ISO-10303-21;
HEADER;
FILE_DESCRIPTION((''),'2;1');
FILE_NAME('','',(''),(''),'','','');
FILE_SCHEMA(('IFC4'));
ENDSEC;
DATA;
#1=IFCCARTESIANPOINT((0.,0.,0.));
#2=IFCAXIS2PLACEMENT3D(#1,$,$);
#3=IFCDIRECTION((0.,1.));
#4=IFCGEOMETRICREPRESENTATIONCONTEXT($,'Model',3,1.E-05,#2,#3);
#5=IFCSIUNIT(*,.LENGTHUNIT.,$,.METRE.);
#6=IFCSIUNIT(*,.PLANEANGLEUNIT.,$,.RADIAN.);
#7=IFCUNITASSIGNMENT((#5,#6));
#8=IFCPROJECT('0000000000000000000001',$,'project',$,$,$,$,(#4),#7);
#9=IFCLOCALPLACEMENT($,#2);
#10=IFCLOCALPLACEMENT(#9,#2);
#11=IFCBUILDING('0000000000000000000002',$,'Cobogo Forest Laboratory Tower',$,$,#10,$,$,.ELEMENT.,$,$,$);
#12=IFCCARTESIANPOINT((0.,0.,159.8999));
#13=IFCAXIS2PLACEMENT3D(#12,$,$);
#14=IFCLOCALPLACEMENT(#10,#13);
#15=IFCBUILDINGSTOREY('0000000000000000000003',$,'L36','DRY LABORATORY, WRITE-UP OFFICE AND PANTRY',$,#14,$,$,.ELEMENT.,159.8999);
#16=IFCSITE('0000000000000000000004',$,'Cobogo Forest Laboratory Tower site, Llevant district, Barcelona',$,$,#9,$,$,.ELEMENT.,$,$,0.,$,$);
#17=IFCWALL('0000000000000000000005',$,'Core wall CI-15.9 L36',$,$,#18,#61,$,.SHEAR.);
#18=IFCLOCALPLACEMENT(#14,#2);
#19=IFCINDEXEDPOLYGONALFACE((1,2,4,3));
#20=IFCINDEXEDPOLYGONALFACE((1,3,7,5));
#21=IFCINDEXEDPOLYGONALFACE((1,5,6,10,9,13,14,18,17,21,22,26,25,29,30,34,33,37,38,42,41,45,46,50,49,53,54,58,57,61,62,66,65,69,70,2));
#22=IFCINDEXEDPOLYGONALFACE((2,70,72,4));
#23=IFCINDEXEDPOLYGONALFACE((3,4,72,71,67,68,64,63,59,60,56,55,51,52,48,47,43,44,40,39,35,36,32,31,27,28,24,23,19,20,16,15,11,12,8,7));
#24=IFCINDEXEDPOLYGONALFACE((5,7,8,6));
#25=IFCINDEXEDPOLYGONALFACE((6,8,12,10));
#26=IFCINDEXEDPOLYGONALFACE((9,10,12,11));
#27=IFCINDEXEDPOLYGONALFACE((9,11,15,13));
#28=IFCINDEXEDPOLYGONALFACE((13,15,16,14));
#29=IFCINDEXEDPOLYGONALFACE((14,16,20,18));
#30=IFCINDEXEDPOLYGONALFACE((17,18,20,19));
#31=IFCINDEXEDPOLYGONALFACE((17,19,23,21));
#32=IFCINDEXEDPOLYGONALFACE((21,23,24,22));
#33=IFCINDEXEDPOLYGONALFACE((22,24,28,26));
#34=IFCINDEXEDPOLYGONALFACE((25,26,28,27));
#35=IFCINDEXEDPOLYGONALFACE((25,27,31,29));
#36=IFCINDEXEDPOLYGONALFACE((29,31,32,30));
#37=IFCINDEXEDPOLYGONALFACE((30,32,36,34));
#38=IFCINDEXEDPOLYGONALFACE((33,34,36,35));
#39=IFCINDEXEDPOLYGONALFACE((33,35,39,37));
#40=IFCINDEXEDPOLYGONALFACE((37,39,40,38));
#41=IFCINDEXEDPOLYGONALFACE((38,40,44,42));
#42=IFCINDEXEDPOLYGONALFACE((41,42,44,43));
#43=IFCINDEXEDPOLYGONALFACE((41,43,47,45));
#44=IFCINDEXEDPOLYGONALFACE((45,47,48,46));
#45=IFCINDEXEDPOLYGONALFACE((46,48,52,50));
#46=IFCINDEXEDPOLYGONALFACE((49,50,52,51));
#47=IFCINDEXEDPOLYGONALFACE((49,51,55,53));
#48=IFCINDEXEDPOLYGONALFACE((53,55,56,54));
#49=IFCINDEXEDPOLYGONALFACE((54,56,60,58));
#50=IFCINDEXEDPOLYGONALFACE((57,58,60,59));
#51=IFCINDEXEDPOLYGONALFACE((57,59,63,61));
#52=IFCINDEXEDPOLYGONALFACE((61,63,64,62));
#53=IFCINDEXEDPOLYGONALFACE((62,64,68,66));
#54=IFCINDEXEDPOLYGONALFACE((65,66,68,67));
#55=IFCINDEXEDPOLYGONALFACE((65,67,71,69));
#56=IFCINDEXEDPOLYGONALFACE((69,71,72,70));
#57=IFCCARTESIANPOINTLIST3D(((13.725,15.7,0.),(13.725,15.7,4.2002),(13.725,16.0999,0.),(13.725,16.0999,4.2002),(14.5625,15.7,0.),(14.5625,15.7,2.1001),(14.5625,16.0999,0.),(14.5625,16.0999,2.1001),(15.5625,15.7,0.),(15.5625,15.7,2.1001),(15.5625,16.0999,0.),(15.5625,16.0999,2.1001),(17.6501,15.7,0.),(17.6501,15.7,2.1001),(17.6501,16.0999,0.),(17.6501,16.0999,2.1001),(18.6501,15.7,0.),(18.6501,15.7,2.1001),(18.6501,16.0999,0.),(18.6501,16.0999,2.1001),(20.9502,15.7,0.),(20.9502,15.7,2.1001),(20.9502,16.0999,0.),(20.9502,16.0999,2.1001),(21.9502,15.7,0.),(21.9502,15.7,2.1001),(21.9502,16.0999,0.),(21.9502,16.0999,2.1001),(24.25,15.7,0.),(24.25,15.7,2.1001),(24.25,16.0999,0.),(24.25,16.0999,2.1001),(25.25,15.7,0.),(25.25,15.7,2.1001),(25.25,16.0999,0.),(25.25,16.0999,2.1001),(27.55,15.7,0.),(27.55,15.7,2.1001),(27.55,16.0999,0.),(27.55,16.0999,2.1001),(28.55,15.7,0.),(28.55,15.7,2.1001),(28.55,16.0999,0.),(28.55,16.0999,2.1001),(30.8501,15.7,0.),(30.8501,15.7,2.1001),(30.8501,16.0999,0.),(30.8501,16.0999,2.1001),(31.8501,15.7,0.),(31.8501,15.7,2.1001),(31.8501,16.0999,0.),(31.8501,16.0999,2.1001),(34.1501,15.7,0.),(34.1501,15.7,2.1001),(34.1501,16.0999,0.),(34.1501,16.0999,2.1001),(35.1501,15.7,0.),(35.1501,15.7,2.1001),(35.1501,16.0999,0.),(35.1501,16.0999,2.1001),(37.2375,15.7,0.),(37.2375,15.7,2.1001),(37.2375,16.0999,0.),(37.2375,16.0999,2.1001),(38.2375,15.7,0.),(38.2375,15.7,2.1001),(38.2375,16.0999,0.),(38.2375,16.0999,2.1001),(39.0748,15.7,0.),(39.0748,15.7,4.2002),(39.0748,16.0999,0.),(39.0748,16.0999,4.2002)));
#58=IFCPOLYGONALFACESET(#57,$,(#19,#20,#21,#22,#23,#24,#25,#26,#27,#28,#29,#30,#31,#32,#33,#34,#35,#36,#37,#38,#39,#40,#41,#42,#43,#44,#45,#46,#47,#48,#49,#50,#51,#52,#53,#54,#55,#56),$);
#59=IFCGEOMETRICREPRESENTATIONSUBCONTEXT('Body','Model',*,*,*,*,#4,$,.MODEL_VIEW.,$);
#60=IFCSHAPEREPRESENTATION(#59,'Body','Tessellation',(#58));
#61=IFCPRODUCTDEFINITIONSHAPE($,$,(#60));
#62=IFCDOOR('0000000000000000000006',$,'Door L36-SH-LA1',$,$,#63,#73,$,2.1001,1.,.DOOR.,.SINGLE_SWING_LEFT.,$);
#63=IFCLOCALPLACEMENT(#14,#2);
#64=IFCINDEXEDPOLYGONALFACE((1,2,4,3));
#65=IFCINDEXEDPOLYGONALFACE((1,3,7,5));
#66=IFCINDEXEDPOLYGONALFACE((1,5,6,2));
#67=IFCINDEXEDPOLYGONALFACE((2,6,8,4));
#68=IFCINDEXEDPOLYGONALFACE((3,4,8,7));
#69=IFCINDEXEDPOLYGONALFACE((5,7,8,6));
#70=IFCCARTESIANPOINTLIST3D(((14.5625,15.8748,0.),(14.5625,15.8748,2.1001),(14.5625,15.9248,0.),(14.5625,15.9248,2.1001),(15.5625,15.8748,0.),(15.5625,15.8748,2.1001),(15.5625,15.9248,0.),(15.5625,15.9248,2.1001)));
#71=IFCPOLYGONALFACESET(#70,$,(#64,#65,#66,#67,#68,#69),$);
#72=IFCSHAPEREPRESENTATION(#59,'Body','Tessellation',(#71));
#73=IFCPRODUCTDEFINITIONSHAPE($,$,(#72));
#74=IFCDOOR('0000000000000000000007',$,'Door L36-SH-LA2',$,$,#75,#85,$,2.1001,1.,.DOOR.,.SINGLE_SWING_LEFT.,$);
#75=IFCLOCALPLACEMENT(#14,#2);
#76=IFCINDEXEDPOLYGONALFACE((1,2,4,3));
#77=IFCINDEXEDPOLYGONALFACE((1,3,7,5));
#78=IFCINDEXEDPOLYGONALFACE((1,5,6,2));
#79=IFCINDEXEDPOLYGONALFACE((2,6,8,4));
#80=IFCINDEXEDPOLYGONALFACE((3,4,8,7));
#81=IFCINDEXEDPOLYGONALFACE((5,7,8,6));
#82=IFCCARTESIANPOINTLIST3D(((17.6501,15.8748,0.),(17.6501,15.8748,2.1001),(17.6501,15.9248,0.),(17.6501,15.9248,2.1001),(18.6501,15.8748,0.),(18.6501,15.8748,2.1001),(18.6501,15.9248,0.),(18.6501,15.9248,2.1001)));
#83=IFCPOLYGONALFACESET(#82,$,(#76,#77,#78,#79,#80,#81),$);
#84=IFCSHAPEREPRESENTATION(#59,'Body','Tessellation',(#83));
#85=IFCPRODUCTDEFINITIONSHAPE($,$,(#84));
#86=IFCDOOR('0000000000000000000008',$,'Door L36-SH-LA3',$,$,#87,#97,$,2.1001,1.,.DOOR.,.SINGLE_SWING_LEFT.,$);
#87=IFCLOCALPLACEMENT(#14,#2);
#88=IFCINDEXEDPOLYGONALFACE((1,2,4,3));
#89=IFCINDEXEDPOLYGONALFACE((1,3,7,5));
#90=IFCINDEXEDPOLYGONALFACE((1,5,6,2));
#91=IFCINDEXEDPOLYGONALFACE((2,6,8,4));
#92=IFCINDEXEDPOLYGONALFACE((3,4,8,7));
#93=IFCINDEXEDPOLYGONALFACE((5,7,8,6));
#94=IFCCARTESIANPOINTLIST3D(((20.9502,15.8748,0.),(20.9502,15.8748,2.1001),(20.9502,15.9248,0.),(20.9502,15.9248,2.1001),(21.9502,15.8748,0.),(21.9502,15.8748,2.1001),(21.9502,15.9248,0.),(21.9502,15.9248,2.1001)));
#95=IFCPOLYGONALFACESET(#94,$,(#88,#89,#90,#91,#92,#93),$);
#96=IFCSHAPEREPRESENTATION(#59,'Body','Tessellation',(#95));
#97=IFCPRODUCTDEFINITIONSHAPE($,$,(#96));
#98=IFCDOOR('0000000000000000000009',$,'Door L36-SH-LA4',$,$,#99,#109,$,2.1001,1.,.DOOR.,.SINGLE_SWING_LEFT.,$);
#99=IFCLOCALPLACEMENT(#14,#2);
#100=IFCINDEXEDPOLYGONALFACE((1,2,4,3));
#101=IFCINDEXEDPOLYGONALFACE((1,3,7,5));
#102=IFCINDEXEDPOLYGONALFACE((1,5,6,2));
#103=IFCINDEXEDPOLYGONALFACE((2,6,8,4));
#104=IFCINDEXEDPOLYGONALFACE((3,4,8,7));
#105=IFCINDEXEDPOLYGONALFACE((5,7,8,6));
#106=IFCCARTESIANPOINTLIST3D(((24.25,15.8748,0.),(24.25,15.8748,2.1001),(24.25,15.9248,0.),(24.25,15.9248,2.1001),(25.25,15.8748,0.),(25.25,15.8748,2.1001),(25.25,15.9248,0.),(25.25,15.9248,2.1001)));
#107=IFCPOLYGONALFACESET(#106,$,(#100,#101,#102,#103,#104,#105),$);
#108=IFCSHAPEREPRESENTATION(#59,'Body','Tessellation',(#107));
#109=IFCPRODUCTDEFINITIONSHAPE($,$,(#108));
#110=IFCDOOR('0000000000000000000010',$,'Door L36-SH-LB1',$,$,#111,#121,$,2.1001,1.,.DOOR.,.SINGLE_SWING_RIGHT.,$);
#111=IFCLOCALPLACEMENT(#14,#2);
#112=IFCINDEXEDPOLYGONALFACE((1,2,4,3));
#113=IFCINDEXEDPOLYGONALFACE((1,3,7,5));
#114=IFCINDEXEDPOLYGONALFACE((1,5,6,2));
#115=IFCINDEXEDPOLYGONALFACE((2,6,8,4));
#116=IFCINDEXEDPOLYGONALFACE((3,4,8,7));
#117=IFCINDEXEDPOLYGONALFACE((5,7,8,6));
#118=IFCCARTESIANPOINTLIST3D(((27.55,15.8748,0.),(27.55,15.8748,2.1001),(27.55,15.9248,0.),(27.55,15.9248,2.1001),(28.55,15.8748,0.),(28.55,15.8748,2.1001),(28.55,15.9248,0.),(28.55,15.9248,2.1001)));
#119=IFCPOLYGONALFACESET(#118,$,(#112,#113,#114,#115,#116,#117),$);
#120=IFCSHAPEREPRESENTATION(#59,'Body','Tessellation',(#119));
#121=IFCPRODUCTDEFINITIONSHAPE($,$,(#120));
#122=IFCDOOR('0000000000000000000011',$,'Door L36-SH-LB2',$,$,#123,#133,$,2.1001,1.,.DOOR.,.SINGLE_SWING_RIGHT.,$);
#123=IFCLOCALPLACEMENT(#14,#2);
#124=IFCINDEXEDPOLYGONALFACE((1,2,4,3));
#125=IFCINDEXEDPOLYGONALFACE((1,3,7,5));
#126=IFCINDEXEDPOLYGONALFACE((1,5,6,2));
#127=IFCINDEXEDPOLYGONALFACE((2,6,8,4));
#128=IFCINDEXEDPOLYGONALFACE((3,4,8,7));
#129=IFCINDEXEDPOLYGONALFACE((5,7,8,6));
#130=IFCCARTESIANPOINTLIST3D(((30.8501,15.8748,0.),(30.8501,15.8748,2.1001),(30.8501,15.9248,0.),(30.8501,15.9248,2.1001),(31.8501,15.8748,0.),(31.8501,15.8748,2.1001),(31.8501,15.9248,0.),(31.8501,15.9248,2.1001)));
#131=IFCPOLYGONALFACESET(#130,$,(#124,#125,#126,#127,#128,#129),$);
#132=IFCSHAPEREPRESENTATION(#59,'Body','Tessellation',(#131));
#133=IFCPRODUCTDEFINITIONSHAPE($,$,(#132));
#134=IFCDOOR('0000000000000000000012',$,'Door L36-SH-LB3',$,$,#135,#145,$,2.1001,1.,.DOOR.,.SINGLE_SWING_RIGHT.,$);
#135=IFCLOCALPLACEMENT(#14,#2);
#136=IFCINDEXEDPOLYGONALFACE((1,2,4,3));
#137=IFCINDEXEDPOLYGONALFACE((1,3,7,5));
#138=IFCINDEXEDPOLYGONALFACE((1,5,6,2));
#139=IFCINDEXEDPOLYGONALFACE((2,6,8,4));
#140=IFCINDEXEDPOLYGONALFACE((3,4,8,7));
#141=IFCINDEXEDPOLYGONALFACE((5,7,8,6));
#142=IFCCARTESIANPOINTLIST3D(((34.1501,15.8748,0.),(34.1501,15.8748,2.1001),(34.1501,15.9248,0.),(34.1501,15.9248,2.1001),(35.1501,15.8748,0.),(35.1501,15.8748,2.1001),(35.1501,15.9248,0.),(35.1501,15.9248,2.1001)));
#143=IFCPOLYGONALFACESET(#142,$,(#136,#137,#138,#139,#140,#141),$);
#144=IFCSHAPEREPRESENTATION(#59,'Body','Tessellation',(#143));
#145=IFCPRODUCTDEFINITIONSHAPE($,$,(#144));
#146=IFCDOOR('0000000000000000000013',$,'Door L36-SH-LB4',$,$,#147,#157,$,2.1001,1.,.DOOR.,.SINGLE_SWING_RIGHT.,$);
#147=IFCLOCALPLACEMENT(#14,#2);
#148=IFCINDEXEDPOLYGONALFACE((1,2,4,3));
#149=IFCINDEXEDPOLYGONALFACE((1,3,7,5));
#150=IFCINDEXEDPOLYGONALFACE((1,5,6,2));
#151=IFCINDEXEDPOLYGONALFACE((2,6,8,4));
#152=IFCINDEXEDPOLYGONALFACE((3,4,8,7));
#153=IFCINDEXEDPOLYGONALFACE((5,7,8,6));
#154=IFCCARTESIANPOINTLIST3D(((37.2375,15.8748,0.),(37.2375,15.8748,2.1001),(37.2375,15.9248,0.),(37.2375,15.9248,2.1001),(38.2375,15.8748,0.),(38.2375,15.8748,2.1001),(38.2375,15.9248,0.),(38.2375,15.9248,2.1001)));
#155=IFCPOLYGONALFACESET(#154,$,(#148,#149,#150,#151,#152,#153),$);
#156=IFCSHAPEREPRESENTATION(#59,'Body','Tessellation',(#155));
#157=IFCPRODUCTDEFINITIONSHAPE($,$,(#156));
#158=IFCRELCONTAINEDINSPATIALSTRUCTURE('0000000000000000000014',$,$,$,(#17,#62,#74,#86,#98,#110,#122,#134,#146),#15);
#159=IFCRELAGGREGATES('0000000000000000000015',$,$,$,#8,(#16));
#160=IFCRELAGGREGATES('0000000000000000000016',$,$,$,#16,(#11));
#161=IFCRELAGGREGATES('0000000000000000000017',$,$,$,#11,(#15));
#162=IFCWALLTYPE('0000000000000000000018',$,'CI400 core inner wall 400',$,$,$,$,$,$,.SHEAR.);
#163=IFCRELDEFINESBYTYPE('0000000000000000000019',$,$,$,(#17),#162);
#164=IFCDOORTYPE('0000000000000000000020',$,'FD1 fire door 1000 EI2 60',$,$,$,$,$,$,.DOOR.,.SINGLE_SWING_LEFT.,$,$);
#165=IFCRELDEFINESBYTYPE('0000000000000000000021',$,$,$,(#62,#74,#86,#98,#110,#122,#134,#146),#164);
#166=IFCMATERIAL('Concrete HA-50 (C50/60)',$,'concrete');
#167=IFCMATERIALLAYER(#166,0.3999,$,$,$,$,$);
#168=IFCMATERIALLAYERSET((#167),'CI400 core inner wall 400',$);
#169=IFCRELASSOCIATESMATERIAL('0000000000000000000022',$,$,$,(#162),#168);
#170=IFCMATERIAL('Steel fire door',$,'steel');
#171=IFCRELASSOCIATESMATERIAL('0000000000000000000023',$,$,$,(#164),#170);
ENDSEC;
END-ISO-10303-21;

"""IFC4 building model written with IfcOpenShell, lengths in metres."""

from ifc_helpers import new_model, si_unit, direction, frame, frame_2d, origin, place, context, subcontext, project, spatial, rectangle, extrude, material, layer, layer_set, type_object, element, fill, save


model = new_model("IFC4")

# Units and contexts
model_context = context("Model", 3, precision=1e-05, world=origin(), true_north=direction((0.0, 1.0)))
body_context = subcontext(model_context, "Body", "Model", "MODEL_VIEW")
ifc_project = project(units=[si_unit("LENGTHUNIT", "METRE"), si_unit("PLANEANGLEUNIT", "RADIAN")], contexts=[model_context])

# Site, building, storey
site_placement = place(None, origin())
site = spatial("IfcSite", under=ifc_project, at=site_placement, Name="Cobogo Forest Laboratory Tower site, Llevant district, Barcelona", CompositionType="ELEMENT", RefElevation=0.0)
building_placement = place(site_placement, origin())
building = spatial("IfcBuilding", under=site, at=building_placement, Name="Cobogo Forest Laboratory Tower", CompositionType="ELEMENT")
storey_placement = place(building_placement, frame((0.0, 0.0, 159.8999)))
storey = spatial("IfcBuildingStorey", under=building, at=storey_placement, Name="L36", Description="DRY LABORATORY, WRITE-UP OFFICE AND PANTRY", CompositionType="ELEMENT", Elevation=159.8999)

# Wall, openings, doors
ifc_material_1 = material(Name="Concrete HA-50 (C50/60)", Category="concrete")
ifc_layer_1 = layer(ifc_material_1, 0.3999)
ifc_layer_set_1 = layer_set([ifc_layer_1], Name="CI400 core inner wall 400")
wall_type_1 = type_object("IfcWallType", Name="CI400 core inner wall 400", PredefinedType="SHEAR", material=ifc_layer_set_1)
wall_1_placement = place(storey_placement, frame((13.7251, 15.8999, 0.0), z_axis=(0.0, 0.0, 1.0), x_axis=(1.0, 0.0, 0.0)))
wall_1 = element("IfcWall", 1, at=wall_1_placement, inside=storey, type_object=wall_type_1, Name="Core wall CI-15.9 L36", PredefinedType="SHEAR", context=body_context, shape_type="SweptSolid", body=[
    extrude(rectangle(XDim=25.3499, YDim=0.3999, at=frame_2d((12.6748, 0.0))), origin(), (0.0, 0.0, 1.0), 4.2002),
])
opening_1_placement = place(wall_1_placement, frame((0.8374, 0.0, 0.0)))
opening_1 = element("IfcOpeningElement", 2, at=opening_1_placement, cuts=wall_1, PredefinedType="OPENING", context=body_context, shape_type="SweptSolid", body=[
    extrude(rectangle(XDim=1.0, YDim=2.1001, at=frame_2d((0.5, 1.05))), frame((0.0, 0.21, 0.0), z_axis=(0.0, -1.0, 0.0), x_axis=(1.0, 0.0, 0.0)), (0.0, 0.0, 1.0), 0.4199),
])
opening_2_placement = place(wall_1_placement, frame((3.925, 0.0, 0.0)))
opening_2 = element("IfcOpeningElement", 3, at=opening_2_placement, cuts=wall_1, PredefinedType="OPENING", context=body_context, shape_type="SweptSolid", body=[
    extrude(rectangle(XDim=1.0, YDim=2.1001, at=frame_2d((0.5, 1.05))), frame((0.0, 0.21, 0.0), z_axis=(0.0, -1.0, 0.0), x_axis=(1.0, 0.0, 0.0)), (0.0, 0.0, 1.0), 0.4199),
])
opening_3_placement = place(wall_1_placement, frame((7.2251, 0.0, 0.0)))
opening_3 = element("IfcOpeningElement", 4, at=opening_3_placement, cuts=wall_1, PredefinedType="OPENING", context=body_context, shape_type="SweptSolid", body=[
    extrude(rectangle(XDim=1.0, YDim=2.1001, at=frame_2d((0.5, 1.05))), frame((0.0, 0.21, 0.0), z_axis=(0.0, -1.0, 0.0), x_axis=(1.0, 0.0, 0.0)), (0.0, 0.0, 1.0), 0.4199),
])
opening_4_placement = place(wall_1_placement, frame((10.5249, 0.0, 0.0)))
opening_4 = element("IfcOpeningElement", 5, at=opening_4_placement, cuts=wall_1, PredefinedType="OPENING", context=body_context, shape_type="SweptSolid", body=[
    extrude(rectangle(XDim=1.0, YDim=2.1001, at=frame_2d((0.5, 1.05))), frame((0.0, 0.21, 0.0), z_axis=(0.0, -1.0, 0.0), x_axis=(1.0, 0.0, 0.0)), (0.0, 0.0, 1.0), 0.4199),
])
opening_5_placement = place(wall_1_placement, frame((13.825, 0.0, 0.0)))
opening_5 = element("IfcOpeningElement", 6, at=opening_5_placement, cuts=wall_1, PredefinedType="OPENING", context=body_context, shape_type="SweptSolid", body=[
    extrude(rectangle(XDim=1.0, YDim=2.1001, at=frame_2d((0.5, 1.05))), frame((0.0, 0.21, 0.0), z_axis=(0.0, -1.0, 0.0), x_axis=(1.0, 0.0, 0.0)), (0.0, 0.0, 1.0), 0.4199),
])
opening_6_placement = place(wall_1_placement, frame((17.125, 0.0, 0.0)))
opening_6 = element("IfcOpeningElement", 7, at=opening_6_placement, cuts=wall_1, PredefinedType="OPENING", context=body_context, shape_type="SweptSolid", body=[
    extrude(rectangle(XDim=1.0, YDim=2.1001, at=frame_2d((0.5, 1.05))), frame((0.0, 0.21, 0.0), z_axis=(0.0, -1.0, 0.0), x_axis=(1.0, 0.0, 0.0)), (0.0, 0.0, 1.0), 0.4199),
])
opening_7_placement = place(wall_1_placement, frame((20.425, 0.0, 0.0)))
opening_7 = element("IfcOpeningElement", 8, at=opening_7_placement, cuts=wall_1, PredefinedType="OPENING", context=body_context, shape_type="SweptSolid", body=[
    extrude(rectangle(XDim=1.0, YDim=2.1001, at=frame_2d((0.5, 1.05))), frame((0.0, 0.21, 0.0), z_axis=(0.0, -1.0, 0.0), x_axis=(1.0, 0.0, 0.0)), (0.0, 0.0, 1.0), 0.4199),
])
opening_8_placement = place(wall_1_placement, frame((23.5125, 0.0, 0.0)))
opening_8 = element("IfcOpeningElement", 9, at=opening_8_placement, cuts=wall_1, PredefinedType="OPENING", context=body_context, shape_type="SweptSolid", body=[
    extrude(rectangle(XDim=1.0, YDim=2.1001, at=frame_2d((0.5, 1.05))), frame((0.0, 0.21, 0.0), z_axis=(0.0, -1.0, 0.0), x_axis=(1.0, 0.0, 0.0)), (0.0, 0.0, 1.0), 0.4199),
])
ifc_material_2 = material(Name="Steel fire door", Category="steel")
door_type_1 = type_object("IfcDoorType", Name="FD1 fire door 1000 EI2 60", OperationType="SINGLE_SWING_LEFT", PredefinedType="DOOR", material=ifc_material_2)
door_1_placement = place(opening_1_placement, origin())
door_1 = element("IfcDoor", 10, at=door_1_placement, inside=storey, type_object=door_type_1, Name="Door L36-SH-LA1", OperationType="SINGLE_SWING_LEFT", OverallHeight=2.1001, OverallWidth=1.0, PredefinedType="DOOR", context=body_context, shape_type="SweptSolid", body=[
    extrude(rectangle(XDim=1.0, YDim=2.1001, at=frame_2d((0.5, 1.05))), frame((0.0, 0.0249, 0.0), z_axis=(0.0, -1.0, 0.0), x_axis=(1.0, 0.0, 0.0)), (0.0, 0.0, 1.0), 0.05),
])
fill(opening_1, door_1)
door_2_placement = place(opening_2_placement, origin())
door_2 = element("IfcDoor", 11, at=door_2_placement, inside=storey, type_object=door_type_1, Name="Door L36-SH-LA2", OperationType="SINGLE_SWING_LEFT", OverallHeight=2.1001, OverallWidth=1.0, PredefinedType="DOOR", context=body_context, shape_type="SweptSolid", body=[
    extrude(rectangle(XDim=1.0, YDim=2.1001, at=frame_2d((0.5, 1.05))), frame((0.0, 0.0249, 0.0), z_axis=(0.0, -1.0, 0.0), x_axis=(1.0, 0.0, 0.0)), (0.0, 0.0, 1.0), 0.05),
])
fill(opening_2, door_2)
door_3_placement = place(opening_3_placement, origin())
door_3 = element("IfcDoor", 12, at=door_3_placement, inside=storey, type_object=door_type_1, Name="Door L36-SH-LA3", OperationType="SINGLE_SWING_LEFT", OverallHeight=2.1001, OverallWidth=1.0, PredefinedType="DOOR", context=body_context, shape_type="SweptSolid", body=[
    extrude(rectangle(XDim=1.0, YDim=2.1001, at=frame_2d((0.5, 1.05))), frame((0.0, 0.0249, 0.0), z_axis=(0.0, -1.0, 0.0), x_axis=(1.0, 0.0, 0.0)), (0.0, 0.0, 1.0), 0.05),
])
fill(opening_3, door_3)
door_4_placement = place(opening_4_placement, origin())
door_4 = element("IfcDoor", 13, at=door_4_placement, inside=storey, type_object=door_type_1, Name="Door L36-SH-LA4", OperationType="SINGLE_SWING_LEFT", OverallHeight=2.1001, OverallWidth=1.0, PredefinedType="DOOR", context=body_context, shape_type="SweptSolid", body=[
    extrude(rectangle(XDim=1.0, YDim=2.1001, at=frame_2d((0.5, 1.05))), frame((0.0, 0.0249, 0.0), z_axis=(0.0, -1.0, 0.0), x_axis=(1.0, 0.0, 0.0)), (0.0, 0.0, 1.0), 0.05),
])
fill(opening_4, door_4)
door_5_placement = place(opening_5_placement, origin())
door_5 = element("IfcDoor", 14, at=door_5_placement, inside=storey, type_object=door_type_1, Name="Door L36-SH-LB1", OperationType="SINGLE_SWING_RIGHT", OverallHeight=2.1001, OverallWidth=1.0, PredefinedType="DOOR", context=body_context, shape_type="SweptSolid", body=[
    extrude(rectangle(XDim=1.0, YDim=2.1001, at=frame_2d((0.5, 1.05))), frame((0.0, 0.0249, 0.0), z_axis=(0.0, -1.0, 0.0), x_axis=(1.0, 0.0, 0.0)), (0.0, 0.0, 1.0), 0.05),
])
fill(opening_5, door_5)
door_6_placement = place(opening_6_placement, origin())
door_6 = element("IfcDoor", 15, at=door_6_placement, inside=storey, type_object=door_type_1, Name="Door L36-SH-LB2", OperationType="SINGLE_SWING_RIGHT", OverallHeight=2.1001, OverallWidth=1.0, PredefinedType="DOOR", context=body_context, shape_type="SweptSolid", body=[
    extrude(rectangle(XDim=1.0, YDim=2.1001, at=frame_2d((0.5, 1.05))), frame((0.0, 0.0249, 0.0), z_axis=(0.0, -1.0, 0.0), x_axis=(1.0, 0.0, 0.0)), (0.0, 0.0, 1.0), 0.05),
])
fill(opening_6, door_6)
door_7_placement = place(opening_7_placement, origin())
door_7 = element("IfcDoor", 16, at=door_7_placement, inside=storey, type_object=door_type_1, Name="Door L36-SH-LB3", OperationType="SINGLE_SWING_RIGHT", OverallHeight=2.1001, OverallWidth=1.0, PredefinedType="DOOR", context=body_context, shape_type="SweptSolid", body=[
    extrude(rectangle(XDim=1.0, YDim=2.1001, at=frame_2d((0.5, 1.05))), frame((0.0, 0.0249, 0.0), z_axis=(0.0, -1.0, 0.0), x_axis=(1.0, 0.0, 0.0)), (0.0, 0.0, 1.0), 0.05),
])
fill(opening_7, door_7)
door_8_placement = place(opening_8_placement, origin())
door_8 = element("IfcDoor", 17, at=door_8_placement, inside=storey, type_object=door_type_1, Name="Door L36-SH-LB4", OperationType="SINGLE_SWING_RIGHT", OverallHeight=2.1001, OverallWidth=1.0, PredefinedType="DOOR", context=body_context, shape_type="SweptSolid", body=[
    extrude(rectangle(XDim=1.0, YDim=2.1001, at=frame_2d((0.5, 1.05))), frame((0.0, 0.0249, 0.0), z_axis=(0.0, -1.0, 0.0), x_axis=(1.0, 0.0, 0.0)), (0.0, 0.0, 1.0), 0.05),
])
fill(opening_8, door_8)

save(model, "model.ifc")
